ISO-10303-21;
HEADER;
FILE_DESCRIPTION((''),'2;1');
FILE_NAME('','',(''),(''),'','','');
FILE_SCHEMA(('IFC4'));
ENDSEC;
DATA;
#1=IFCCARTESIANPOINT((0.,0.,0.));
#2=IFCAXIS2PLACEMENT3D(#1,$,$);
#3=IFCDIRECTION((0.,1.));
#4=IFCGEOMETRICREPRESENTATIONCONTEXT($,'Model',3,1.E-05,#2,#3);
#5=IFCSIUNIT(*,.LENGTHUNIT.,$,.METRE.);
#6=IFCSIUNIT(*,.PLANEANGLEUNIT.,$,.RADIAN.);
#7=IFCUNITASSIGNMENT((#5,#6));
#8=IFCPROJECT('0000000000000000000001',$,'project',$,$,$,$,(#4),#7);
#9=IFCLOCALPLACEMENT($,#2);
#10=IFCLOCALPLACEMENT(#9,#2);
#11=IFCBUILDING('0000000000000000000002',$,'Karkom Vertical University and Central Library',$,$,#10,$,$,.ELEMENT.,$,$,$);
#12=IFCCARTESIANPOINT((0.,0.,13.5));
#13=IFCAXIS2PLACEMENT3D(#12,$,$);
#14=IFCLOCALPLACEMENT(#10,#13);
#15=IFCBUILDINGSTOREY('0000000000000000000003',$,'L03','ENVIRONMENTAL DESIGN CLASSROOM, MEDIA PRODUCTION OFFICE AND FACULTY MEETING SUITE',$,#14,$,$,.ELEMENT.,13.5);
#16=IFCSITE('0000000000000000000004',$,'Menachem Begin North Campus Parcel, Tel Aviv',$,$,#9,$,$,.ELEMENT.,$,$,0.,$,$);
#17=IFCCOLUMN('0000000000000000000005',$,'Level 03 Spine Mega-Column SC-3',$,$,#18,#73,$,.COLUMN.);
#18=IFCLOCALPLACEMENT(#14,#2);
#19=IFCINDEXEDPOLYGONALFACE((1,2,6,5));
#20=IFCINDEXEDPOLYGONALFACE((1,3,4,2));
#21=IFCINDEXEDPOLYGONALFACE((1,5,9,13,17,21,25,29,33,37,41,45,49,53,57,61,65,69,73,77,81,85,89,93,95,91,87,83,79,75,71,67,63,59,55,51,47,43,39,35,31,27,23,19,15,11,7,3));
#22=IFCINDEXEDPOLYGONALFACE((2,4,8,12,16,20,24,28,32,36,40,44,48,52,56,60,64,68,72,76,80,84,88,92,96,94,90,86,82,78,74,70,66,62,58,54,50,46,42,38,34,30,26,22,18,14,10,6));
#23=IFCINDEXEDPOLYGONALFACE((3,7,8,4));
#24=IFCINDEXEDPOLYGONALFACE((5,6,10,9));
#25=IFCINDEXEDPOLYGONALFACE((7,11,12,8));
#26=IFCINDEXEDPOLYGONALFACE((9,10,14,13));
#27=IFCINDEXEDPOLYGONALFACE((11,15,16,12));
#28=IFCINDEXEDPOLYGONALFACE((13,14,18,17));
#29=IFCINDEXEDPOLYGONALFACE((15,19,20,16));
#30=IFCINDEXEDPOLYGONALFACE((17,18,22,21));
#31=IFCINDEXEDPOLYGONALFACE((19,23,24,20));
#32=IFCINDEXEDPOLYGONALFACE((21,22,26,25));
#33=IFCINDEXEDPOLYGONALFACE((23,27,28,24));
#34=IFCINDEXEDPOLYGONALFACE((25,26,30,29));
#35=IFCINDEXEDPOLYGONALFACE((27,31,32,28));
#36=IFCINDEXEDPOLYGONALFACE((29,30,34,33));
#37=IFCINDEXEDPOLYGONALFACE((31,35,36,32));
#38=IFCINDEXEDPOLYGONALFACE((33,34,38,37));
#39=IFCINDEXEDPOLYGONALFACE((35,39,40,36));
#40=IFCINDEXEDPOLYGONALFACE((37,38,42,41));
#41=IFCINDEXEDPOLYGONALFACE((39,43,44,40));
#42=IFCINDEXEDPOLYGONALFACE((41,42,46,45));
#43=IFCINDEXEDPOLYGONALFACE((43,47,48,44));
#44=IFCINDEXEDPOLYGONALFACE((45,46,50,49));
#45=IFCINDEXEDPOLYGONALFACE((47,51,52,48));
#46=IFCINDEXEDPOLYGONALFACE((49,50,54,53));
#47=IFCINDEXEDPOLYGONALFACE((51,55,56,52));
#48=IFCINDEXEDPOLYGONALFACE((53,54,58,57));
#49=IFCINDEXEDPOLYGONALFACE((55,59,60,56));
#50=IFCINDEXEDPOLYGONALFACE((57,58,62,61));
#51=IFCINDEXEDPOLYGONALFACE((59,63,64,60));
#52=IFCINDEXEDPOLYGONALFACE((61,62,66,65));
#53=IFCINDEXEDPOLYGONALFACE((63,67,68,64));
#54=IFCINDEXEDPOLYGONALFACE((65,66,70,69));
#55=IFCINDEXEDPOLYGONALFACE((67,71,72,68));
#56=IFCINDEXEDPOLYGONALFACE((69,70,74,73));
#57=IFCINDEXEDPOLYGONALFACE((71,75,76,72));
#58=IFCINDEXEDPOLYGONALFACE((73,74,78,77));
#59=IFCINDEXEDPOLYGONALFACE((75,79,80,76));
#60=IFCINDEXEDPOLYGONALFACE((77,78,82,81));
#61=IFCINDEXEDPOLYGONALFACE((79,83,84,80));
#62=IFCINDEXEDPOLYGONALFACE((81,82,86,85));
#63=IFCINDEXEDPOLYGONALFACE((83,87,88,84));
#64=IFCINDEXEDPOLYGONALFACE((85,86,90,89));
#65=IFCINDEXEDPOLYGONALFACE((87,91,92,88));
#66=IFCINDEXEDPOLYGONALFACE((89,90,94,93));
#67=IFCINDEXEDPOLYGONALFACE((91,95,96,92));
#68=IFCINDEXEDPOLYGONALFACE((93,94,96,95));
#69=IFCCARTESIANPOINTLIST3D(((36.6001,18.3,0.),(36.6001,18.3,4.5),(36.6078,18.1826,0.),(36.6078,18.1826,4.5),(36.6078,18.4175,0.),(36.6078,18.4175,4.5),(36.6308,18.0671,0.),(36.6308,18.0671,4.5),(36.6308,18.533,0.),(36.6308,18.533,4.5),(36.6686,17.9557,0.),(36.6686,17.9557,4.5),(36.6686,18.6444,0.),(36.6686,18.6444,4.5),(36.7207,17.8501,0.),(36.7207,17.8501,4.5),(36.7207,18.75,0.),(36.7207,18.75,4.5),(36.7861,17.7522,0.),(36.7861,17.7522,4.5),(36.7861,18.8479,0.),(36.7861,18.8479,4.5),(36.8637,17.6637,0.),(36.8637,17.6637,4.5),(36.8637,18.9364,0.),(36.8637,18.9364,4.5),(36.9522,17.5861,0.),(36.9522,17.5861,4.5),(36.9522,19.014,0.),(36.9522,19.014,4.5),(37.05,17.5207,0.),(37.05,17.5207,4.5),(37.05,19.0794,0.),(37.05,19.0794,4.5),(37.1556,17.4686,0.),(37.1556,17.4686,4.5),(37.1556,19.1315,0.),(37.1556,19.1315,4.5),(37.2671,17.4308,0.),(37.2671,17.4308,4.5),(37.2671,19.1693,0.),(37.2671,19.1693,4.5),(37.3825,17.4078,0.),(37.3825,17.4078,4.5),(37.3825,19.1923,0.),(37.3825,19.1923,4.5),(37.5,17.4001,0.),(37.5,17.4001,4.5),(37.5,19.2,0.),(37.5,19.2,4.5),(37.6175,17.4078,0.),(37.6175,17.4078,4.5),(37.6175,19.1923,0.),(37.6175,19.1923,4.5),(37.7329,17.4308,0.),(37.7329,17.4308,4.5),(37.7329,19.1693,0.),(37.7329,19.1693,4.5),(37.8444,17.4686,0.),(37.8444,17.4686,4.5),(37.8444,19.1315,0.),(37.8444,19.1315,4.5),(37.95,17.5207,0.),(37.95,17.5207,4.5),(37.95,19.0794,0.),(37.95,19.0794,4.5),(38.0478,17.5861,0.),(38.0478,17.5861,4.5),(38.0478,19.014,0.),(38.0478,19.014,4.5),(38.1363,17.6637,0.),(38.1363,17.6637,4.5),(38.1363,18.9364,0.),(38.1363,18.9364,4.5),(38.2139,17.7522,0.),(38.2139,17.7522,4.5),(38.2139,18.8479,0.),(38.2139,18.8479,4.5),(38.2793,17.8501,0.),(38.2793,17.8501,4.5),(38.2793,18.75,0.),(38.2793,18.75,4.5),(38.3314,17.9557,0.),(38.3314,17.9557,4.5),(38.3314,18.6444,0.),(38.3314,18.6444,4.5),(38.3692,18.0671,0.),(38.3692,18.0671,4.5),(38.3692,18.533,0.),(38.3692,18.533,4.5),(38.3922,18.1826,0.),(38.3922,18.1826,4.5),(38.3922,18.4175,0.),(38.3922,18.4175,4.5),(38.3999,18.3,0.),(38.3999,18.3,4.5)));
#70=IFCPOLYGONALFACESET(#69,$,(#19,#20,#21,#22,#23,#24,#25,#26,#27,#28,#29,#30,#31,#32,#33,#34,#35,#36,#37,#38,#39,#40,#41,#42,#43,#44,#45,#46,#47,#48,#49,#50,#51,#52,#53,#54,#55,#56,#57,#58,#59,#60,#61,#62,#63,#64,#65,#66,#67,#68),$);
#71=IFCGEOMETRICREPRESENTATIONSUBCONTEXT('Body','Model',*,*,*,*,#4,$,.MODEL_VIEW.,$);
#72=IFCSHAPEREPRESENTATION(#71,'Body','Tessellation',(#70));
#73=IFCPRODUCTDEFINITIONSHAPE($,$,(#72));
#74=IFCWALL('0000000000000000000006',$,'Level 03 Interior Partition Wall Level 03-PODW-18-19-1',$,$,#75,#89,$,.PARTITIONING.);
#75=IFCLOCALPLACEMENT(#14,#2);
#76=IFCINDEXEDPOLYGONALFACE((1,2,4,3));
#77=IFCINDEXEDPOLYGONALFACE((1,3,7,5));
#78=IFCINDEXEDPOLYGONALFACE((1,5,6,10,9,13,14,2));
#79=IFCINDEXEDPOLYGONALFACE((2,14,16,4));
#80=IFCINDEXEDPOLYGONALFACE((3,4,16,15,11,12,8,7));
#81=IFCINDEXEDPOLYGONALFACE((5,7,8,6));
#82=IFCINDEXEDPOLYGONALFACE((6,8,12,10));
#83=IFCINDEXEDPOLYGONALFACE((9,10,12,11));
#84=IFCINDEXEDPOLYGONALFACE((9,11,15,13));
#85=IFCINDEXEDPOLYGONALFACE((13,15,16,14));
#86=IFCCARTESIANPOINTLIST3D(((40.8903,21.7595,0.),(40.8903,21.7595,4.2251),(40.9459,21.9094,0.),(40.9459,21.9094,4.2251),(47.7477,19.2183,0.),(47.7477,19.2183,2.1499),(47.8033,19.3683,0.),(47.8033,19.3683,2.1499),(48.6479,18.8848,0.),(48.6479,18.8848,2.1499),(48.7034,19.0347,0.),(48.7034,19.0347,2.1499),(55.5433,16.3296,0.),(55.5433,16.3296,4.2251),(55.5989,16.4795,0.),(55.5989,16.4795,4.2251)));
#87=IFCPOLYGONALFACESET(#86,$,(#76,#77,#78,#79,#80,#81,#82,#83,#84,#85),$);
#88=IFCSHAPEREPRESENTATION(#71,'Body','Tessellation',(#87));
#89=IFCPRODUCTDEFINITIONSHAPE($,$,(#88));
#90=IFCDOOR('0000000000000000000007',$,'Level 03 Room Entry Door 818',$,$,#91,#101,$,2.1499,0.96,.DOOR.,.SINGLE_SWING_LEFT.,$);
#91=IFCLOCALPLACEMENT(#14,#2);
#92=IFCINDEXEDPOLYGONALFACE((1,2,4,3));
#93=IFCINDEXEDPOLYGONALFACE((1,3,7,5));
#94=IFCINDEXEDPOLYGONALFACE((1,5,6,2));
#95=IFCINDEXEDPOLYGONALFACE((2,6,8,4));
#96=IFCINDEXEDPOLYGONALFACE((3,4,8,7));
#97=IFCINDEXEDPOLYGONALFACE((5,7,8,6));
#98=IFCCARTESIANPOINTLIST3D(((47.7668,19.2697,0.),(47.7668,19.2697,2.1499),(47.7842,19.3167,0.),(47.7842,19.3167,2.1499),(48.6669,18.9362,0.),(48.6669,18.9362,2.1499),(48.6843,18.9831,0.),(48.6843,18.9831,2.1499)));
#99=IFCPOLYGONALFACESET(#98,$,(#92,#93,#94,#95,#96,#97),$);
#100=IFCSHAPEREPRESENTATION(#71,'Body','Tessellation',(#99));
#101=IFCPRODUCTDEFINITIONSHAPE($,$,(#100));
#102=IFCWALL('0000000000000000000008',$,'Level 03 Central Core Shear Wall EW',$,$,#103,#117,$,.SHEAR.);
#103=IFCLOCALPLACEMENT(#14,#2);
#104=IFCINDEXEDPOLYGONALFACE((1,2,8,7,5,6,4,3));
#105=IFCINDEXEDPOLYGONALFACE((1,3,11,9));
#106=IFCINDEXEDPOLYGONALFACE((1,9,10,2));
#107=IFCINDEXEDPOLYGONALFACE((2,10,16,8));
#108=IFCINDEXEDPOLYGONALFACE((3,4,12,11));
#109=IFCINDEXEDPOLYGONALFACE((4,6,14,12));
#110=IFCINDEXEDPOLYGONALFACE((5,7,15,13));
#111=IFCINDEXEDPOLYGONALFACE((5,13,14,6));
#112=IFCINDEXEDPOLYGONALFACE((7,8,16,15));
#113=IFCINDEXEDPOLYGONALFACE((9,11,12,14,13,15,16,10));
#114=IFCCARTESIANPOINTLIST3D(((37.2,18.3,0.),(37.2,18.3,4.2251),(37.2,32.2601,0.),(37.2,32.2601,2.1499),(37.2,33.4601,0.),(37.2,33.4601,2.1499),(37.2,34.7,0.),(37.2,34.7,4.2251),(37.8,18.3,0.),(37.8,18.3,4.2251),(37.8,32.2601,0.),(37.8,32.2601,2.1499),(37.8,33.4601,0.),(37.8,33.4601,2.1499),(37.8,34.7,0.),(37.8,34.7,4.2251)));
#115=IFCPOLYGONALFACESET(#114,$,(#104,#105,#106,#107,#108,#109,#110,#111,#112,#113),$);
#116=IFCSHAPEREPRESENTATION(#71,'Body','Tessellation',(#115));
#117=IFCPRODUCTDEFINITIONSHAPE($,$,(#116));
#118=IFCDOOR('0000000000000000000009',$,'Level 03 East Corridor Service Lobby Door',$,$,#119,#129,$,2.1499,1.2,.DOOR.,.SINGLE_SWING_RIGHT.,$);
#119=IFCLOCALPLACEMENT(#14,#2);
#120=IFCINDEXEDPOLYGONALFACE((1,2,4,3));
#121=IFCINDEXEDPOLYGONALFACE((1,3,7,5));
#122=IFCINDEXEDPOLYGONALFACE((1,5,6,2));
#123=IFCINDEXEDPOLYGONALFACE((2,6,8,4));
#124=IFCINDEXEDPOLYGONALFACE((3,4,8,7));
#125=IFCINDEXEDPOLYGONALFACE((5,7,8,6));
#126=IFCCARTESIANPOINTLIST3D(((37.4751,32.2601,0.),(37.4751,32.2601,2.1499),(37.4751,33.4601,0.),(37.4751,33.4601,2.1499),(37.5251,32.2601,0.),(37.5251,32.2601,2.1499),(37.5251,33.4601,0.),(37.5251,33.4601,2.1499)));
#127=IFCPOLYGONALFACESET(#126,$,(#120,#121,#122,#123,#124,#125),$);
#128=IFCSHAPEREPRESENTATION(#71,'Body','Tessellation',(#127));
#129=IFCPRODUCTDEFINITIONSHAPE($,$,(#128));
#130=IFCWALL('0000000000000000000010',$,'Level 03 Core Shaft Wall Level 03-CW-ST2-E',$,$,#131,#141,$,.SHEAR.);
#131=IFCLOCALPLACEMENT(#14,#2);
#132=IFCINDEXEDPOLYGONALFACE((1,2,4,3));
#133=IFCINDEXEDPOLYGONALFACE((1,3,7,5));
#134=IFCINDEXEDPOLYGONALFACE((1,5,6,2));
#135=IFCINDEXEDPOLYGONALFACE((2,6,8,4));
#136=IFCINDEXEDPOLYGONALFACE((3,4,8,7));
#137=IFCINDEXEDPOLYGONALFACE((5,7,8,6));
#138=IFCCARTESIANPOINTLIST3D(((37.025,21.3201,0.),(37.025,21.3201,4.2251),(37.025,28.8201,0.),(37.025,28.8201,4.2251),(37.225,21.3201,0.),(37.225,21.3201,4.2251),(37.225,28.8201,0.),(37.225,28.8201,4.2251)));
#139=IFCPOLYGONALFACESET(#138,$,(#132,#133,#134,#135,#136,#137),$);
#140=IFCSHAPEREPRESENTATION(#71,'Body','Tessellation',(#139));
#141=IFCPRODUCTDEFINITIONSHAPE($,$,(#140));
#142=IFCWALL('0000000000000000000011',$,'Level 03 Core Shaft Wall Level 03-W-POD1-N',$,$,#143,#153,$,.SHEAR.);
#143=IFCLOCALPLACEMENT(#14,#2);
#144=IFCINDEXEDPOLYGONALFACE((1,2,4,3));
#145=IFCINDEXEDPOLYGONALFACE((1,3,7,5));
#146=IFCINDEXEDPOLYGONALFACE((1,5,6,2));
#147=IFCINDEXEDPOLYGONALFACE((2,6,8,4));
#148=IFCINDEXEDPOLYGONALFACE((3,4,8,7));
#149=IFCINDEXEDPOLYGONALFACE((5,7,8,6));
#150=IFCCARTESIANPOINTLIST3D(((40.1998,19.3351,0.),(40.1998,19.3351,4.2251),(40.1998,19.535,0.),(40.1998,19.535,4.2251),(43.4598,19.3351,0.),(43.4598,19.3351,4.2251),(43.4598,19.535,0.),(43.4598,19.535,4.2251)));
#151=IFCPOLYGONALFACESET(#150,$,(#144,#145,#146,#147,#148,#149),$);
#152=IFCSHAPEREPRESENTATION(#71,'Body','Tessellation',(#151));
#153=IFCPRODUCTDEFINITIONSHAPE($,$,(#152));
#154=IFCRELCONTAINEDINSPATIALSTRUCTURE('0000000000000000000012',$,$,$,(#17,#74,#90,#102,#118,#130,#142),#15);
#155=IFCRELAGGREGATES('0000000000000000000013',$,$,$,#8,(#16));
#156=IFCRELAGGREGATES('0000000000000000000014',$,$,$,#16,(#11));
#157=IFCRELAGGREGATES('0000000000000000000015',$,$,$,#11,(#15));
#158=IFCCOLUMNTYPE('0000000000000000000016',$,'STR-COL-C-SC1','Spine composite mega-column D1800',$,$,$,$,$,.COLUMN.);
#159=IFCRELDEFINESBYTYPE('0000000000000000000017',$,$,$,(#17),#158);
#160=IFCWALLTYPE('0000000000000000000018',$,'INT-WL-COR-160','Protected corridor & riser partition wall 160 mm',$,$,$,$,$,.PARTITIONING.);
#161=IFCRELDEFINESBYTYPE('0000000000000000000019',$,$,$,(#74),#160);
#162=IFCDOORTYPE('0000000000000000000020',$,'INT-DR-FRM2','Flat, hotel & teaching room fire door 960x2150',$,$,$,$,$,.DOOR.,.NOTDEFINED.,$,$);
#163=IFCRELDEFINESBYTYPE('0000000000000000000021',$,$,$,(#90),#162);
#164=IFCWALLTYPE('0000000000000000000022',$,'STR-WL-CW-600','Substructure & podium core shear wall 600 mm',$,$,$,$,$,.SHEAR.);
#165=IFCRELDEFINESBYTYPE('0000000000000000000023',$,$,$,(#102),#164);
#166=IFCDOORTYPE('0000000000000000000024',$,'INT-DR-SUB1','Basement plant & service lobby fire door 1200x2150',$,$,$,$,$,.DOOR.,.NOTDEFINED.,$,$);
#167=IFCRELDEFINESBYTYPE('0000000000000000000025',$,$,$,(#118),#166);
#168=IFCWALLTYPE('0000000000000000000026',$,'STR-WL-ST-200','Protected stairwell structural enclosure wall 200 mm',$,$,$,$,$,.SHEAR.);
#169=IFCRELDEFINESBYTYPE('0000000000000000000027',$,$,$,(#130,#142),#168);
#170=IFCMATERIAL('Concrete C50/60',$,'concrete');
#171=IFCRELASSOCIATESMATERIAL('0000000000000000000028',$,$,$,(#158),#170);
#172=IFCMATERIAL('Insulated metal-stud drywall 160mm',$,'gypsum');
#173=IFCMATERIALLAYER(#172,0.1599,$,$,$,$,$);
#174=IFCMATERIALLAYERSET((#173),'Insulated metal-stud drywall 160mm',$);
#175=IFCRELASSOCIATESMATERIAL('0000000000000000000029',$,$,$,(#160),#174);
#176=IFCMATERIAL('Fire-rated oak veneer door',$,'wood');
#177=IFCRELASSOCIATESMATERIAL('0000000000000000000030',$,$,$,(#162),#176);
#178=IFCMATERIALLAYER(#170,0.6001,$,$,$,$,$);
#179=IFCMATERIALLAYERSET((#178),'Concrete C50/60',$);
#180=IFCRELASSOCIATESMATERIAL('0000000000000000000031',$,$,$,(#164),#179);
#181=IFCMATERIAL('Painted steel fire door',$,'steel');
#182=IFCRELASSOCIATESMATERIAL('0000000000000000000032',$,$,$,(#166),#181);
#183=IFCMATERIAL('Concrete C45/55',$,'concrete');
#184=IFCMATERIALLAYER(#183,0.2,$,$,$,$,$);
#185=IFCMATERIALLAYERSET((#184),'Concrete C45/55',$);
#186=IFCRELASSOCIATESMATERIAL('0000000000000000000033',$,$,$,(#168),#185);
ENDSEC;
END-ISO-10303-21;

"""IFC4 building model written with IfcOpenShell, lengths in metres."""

from ifc_helpers import new_model, si_unit, direction, frame, frame_2d, origin, origin_with_axes, origin_2d, place, context, subcontext, project, spatial, rectangle, circle, extrude, source, transform, mapped, material, layer, layer_set, material_profile, profile_set, type_object, element, fill, save


model = new_model("IFC4")

# Units and contexts
model_context = context("Model", 3, precision=1e-05, world=origin(), true_north=direction((0.0, 1.0)))
body_context = subcontext(model_context, "Body", "Model", "MODEL_VIEW")
ifc_project = project(units=[si_unit("LENGTHUNIT", "METRE"), si_unit("PLANEANGLEUNIT", "RADIAN")], contexts=[model_context])

# Site, building, storey
site_placement = place(None, origin())
site = spatial("IfcSite", under=ifc_project, at=site_placement, Name="Menachem Begin North Campus Parcel, Tel Aviv", CompositionType="ELEMENT", RefElevation=0.0)
building_placement = place(site_placement, origin())
building = spatial("IfcBuilding", under=site, at=building_placement, Name="Karkom Vertical University and Central Library", CompositionType="ELEMENT")
storey_placement = place(building_placement, frame((0.0, 0.0, 13.5)))
storey = spatial("IfcBuildingStorey", under=building, at=storey_placement, Name="L03", Description="ENVIRONMENTAL DESIGN CLASSROOM, MEDIA PRODUCTION OFFICE AND FACULTY MEETING SUITE", CompositionType="ELEMENT", Elevation=13.5)

# Column
ifc_material_1 = material(Name="Concrete C50/60", Category="concrete")
ifc_material_profile = material_profile(ifc_material_1, circle(Radius=0.8999, at=origin_2d()), Name="CFT-D1800")
ifc_profile_set = profile_set([ifc_material_profile], Name="Concrete C50/60")
column_type = type_object("IfcColumnType", Name="STR-COL-C-SC1", Description="Spine composite mega-column D1800", PredefinedType="COLUMN", material=ifc_profile_set)
shared_shape_1 = source(origin_with_axes(), body_context, "Body", "SweptSolid", [
    extrude(circle(Radius=0.8999, at=origin_2d()), origin(), (0.0, 0.0, 1.0), 4.5),
])
column_placement = place(storey_placement, frame((37.5, 18.3, 0.0), z_axis=(0.0, 0.0, 1.0), x_axis=(1.0, 0.0, 0.0)))
element("IfcColumn", 1, at=column_placement, inside=storey, type_object=column_type, Name="Level 03 Spine Mega-Column SC-3", PredefinedType="COLUMN", context=body_context, shape_type="MappedRepresentation", body=[
    mapped(shared_shape_1, transform((0.0, 0.0, 0.0), scale=1.0)),
])

# Wall, opening, door
ifc_material_2 = material(Name="Insulated metal-stud drywall 160mm", Category="gypsum")
ifc_layer_1 = layer(ifc_material_2, 0.1599)
ifc_layer_set_1 = layer_set([ifc_layer_1], Name="Insulated metal-stud drywall 160mm")
wall_type_1 = type_object("IfcWallType", Name="INT-WL-COR-160", Description="Protected corridor & riser partition wall 160 mm", PredefinedType="PARTITIONING", material=ifc_layer_set_1)
wall_1_placement = place(storey_placement, frame((40.918, 21.8345, 0.0), z_axis=(0.0, 0.0, 1.0), x_axis=(0.937689, -0.347476, 0.0)))
wall_1 = element("IfcWall", 2, at=wall_1_placement, inside=storey, type_object=wall_type_1, Name="Level 03 Interior Partition Wall Level 03-PODW-18-19-1", PredefinedType="PARTITIONING", context=body_context, shape_type="SweptSolid", body=[
    extrude(rectangle(XDim=15.6267, YDim=0.1599, at=frame_2d((7.8135, 0.0))), origin(), (0.0, 0.0, 1.0), 4.2251),
])
opening_1_placement = place(wall_1_placement, frame((7.3132, 0.0, 0.0)))
opening_1 = element("IfcOpeningElement", 3, at=opening_1_placement, cuts=wall_1, PredefinedType="OPENING", context=body_context, shape_type="SweptSolid", body=[
    extrude(rectangle(XDim=0.96, YDim=2.1499, at=frame_2d((0.48, 1.075))), frame((0.0, 0.0898, 0.0), z_axis=(0.0, -1.0, 0.0), x_axis=(1.0, 0.0, 0.0)), (0.0, 0.0, 1.0), 0.1799),
])
ifc_material_3 = material(Name="Fire-rated oak veneer door", Category="wood")
door_type_1 = type_object("IfcDoorType", Name="INT-DR-FRM2", Description="Flat, hotel & teaching room fire door 960x2150", OperationType="NOTDEFINED", PredefinedType="DOOR", material=ifc_material_3)
shared_shape_2 = source(origin_with_axes(), body_context, "Body", "SweptSolid", [
    extrude(rectangle(XDim=0.96, YDim=2.1499, at=frame_2d((0.48, 1.075))), frame((0.0, 0.0249, 0.0), z_axis=(0.0, -1.0, 0.0), x_axis=(1.0, 0.0, 0.0)), (0.0, 0.0, 1.0), 0.05),
])
door_1_placement = place(opening_1_placement, origin())
door_1 = element("IfcDoor", 4, at=door_1_placement, inside=storey, type_object=door_type_1, Name="Level 03 Room Entry Door 818", OperationType="SINGLE_SWING_LEFT", OverallHeight=2.1499, OverallWidth=0.96, PredefinedType="DOOR", context=body_context, shape_type="MappedRepresentation", body=[
    mapped(shared_shape_2, transform((0.0, 0.0, 0.0), scale=1.0)),
])
fill(opening_1, door_1)

# Wall, opening, door
ifc_layer_2 = layer(ifc_material_1, 0.6001)
ifc_layer_set_2 = layer_set([ifc_layer_2], Name="Concrete C50/60")
wall_type_2 = type_object("IfcWallType", Name="STR-WL-CW-600", Description="Substructure & podium core shear wall 600 mm", PredefinedType="SHEAR", material=ifc_layer_set_2)
wall_2_placement = place(storey_placement, frame((37.5, 18.3, 0.0), z_axis=(0.0, 0.0, 1.0), x_axis=(0.0, 1.0, 0.0)))
wall_2 = element("IfcWall", 5, at=wall_2_placement, inside=storey, type_object=wall_type_2, Name="Level 03 Central Core Shear Wall EW", PredefinedType="SHEAR", context=body_context, shape_type="SweptSolid", body=[
    extrude(rectangle(XDim=16.3999, YDim=0.6001, at=frame_2d((8.2, 0.0))), origin(), (0.0, 0.0, 1.0), 4.2251),
])
opening_2_placement = place(wall_2_placement, frame((13.96, 0.0, 0.0)))
opening_2 = element("IfcOpeningElement", 6, at=opening_2_placement, cuts=wall_2, PredefinedType="OPENING", context=body_context, shape_type="SweptSolid", body=[
    extrude(rectangle(XDim=1.2, YDim=2.1499, at=frame_2d((0.6001, 1.075))), frame((0.0, 0.3101, 0.0), z_axis=(0.0, -1.0, 0.0), x_axis=(1.0, 0.0, 0.0)), (0.0, 0.0, 1.0), 0.6201),
])
ifc_material_4 = material(Name="Painted steel fire door", Category="steel")
door_type_2 = type_object("IfcDoorType", Name="INT-DR-SUB1", Description="Basement plant & service lobby fire door 1200x2150", OperationType="NOTDEFINED", PredefinedType="DOOR", material=ifc_material_4)
shared_shape_3 = source(origin_with_axes(), body_context, "Body", "SweptSolid", [
    extrude(rectangle(XDim=1.2, YDim=2.1499, at=frame_2d((0.6001, 1.075))), frame((0.0, 0.0249, 0.0), z_axis=(0.0, -1.0, 0.0), x_axis=(1.0, 0.0, 0.0)), (0.0, 0.0, 1.0), 0.05),
])
door_2_placement = place(opening_2_placement, origin())
door_2 = element("IfcDoor", 7, at=door_2_placement, inside=storey, type_object=door_type_2, Name="Level 03 East Corridor Service Lobby Door", OperationType="SINGLE_SWING_RIGHT", OverallHeight=2.1499, OverallWidth=1.2, PredefinedType="DOOR", context=body_context, shape_type="MappedRepresentation", body=[
    mapped(shared_shape_3, transform((0.0, 0.0, 0.0), scale=1.0)),
])
fill(opening_2, door_2)

# Walls
ifc_material_5 = material(Name="Concrete C45/55", Category="concrete")
ifc_layer_3 = layer(ifc_material_5, 0.2)
ifc_layer_set_3 = layer_set([ifc_layer_3], Name="Concrete C45/55")
wall_type_3 = type_object("IfcWallType", Name="STR-WL-ST-200", Description="Protected stairwell structural enclosure wall 200 mm", PredefinedType="SHEAR", material=ifc_layer_set_3)
wall_3_placement = place(storey_placement, frame((37.125, 21.3201, 0.0), z_axis=(0.0, 0.0, 1.0), x_axis=(0.0, 1.0, 0.0)))
element("IfcWall", 8, at=wall_3_placement, inside=storey, type_object=wall_type_3, Name="Level 03 Core Shaft Wall Level 03-CW-ST2-E", PredefinedType="SHEAR", context=body_context, shape_type="SweptSolid", body=[
    extrude(rectangle(XDim=7.5, YDim=0.2, at=frame_2d((3.75, 0.0))), origin(), (0.0, 0.0, 1.0), 4.2251),
])
wall_4_placement = place(storey_placement, frame((40.2, 19.4351, 0.0), z_axis=(0.0, 0.0, 1.0), x_axis=(1.0, 0.0, 0.0)))
element("IfcWall", 9, at=wall_4_placement, inside=storey, type_object=wall_type_3, Name="Level 03 Core Shaft Wall Level 03-W-POD1-N", PredefinedType="SHEAR", context=body_context, shape_type="SweptSolid", body=[
    extrude(rectangle(XDim=3.26, YDim=0.2, at=frame_2d((1.6299, 0.0))), origin(), (0.0, 0.0, 1.0), 4.2251),
])

save(model, "model.ifc")
